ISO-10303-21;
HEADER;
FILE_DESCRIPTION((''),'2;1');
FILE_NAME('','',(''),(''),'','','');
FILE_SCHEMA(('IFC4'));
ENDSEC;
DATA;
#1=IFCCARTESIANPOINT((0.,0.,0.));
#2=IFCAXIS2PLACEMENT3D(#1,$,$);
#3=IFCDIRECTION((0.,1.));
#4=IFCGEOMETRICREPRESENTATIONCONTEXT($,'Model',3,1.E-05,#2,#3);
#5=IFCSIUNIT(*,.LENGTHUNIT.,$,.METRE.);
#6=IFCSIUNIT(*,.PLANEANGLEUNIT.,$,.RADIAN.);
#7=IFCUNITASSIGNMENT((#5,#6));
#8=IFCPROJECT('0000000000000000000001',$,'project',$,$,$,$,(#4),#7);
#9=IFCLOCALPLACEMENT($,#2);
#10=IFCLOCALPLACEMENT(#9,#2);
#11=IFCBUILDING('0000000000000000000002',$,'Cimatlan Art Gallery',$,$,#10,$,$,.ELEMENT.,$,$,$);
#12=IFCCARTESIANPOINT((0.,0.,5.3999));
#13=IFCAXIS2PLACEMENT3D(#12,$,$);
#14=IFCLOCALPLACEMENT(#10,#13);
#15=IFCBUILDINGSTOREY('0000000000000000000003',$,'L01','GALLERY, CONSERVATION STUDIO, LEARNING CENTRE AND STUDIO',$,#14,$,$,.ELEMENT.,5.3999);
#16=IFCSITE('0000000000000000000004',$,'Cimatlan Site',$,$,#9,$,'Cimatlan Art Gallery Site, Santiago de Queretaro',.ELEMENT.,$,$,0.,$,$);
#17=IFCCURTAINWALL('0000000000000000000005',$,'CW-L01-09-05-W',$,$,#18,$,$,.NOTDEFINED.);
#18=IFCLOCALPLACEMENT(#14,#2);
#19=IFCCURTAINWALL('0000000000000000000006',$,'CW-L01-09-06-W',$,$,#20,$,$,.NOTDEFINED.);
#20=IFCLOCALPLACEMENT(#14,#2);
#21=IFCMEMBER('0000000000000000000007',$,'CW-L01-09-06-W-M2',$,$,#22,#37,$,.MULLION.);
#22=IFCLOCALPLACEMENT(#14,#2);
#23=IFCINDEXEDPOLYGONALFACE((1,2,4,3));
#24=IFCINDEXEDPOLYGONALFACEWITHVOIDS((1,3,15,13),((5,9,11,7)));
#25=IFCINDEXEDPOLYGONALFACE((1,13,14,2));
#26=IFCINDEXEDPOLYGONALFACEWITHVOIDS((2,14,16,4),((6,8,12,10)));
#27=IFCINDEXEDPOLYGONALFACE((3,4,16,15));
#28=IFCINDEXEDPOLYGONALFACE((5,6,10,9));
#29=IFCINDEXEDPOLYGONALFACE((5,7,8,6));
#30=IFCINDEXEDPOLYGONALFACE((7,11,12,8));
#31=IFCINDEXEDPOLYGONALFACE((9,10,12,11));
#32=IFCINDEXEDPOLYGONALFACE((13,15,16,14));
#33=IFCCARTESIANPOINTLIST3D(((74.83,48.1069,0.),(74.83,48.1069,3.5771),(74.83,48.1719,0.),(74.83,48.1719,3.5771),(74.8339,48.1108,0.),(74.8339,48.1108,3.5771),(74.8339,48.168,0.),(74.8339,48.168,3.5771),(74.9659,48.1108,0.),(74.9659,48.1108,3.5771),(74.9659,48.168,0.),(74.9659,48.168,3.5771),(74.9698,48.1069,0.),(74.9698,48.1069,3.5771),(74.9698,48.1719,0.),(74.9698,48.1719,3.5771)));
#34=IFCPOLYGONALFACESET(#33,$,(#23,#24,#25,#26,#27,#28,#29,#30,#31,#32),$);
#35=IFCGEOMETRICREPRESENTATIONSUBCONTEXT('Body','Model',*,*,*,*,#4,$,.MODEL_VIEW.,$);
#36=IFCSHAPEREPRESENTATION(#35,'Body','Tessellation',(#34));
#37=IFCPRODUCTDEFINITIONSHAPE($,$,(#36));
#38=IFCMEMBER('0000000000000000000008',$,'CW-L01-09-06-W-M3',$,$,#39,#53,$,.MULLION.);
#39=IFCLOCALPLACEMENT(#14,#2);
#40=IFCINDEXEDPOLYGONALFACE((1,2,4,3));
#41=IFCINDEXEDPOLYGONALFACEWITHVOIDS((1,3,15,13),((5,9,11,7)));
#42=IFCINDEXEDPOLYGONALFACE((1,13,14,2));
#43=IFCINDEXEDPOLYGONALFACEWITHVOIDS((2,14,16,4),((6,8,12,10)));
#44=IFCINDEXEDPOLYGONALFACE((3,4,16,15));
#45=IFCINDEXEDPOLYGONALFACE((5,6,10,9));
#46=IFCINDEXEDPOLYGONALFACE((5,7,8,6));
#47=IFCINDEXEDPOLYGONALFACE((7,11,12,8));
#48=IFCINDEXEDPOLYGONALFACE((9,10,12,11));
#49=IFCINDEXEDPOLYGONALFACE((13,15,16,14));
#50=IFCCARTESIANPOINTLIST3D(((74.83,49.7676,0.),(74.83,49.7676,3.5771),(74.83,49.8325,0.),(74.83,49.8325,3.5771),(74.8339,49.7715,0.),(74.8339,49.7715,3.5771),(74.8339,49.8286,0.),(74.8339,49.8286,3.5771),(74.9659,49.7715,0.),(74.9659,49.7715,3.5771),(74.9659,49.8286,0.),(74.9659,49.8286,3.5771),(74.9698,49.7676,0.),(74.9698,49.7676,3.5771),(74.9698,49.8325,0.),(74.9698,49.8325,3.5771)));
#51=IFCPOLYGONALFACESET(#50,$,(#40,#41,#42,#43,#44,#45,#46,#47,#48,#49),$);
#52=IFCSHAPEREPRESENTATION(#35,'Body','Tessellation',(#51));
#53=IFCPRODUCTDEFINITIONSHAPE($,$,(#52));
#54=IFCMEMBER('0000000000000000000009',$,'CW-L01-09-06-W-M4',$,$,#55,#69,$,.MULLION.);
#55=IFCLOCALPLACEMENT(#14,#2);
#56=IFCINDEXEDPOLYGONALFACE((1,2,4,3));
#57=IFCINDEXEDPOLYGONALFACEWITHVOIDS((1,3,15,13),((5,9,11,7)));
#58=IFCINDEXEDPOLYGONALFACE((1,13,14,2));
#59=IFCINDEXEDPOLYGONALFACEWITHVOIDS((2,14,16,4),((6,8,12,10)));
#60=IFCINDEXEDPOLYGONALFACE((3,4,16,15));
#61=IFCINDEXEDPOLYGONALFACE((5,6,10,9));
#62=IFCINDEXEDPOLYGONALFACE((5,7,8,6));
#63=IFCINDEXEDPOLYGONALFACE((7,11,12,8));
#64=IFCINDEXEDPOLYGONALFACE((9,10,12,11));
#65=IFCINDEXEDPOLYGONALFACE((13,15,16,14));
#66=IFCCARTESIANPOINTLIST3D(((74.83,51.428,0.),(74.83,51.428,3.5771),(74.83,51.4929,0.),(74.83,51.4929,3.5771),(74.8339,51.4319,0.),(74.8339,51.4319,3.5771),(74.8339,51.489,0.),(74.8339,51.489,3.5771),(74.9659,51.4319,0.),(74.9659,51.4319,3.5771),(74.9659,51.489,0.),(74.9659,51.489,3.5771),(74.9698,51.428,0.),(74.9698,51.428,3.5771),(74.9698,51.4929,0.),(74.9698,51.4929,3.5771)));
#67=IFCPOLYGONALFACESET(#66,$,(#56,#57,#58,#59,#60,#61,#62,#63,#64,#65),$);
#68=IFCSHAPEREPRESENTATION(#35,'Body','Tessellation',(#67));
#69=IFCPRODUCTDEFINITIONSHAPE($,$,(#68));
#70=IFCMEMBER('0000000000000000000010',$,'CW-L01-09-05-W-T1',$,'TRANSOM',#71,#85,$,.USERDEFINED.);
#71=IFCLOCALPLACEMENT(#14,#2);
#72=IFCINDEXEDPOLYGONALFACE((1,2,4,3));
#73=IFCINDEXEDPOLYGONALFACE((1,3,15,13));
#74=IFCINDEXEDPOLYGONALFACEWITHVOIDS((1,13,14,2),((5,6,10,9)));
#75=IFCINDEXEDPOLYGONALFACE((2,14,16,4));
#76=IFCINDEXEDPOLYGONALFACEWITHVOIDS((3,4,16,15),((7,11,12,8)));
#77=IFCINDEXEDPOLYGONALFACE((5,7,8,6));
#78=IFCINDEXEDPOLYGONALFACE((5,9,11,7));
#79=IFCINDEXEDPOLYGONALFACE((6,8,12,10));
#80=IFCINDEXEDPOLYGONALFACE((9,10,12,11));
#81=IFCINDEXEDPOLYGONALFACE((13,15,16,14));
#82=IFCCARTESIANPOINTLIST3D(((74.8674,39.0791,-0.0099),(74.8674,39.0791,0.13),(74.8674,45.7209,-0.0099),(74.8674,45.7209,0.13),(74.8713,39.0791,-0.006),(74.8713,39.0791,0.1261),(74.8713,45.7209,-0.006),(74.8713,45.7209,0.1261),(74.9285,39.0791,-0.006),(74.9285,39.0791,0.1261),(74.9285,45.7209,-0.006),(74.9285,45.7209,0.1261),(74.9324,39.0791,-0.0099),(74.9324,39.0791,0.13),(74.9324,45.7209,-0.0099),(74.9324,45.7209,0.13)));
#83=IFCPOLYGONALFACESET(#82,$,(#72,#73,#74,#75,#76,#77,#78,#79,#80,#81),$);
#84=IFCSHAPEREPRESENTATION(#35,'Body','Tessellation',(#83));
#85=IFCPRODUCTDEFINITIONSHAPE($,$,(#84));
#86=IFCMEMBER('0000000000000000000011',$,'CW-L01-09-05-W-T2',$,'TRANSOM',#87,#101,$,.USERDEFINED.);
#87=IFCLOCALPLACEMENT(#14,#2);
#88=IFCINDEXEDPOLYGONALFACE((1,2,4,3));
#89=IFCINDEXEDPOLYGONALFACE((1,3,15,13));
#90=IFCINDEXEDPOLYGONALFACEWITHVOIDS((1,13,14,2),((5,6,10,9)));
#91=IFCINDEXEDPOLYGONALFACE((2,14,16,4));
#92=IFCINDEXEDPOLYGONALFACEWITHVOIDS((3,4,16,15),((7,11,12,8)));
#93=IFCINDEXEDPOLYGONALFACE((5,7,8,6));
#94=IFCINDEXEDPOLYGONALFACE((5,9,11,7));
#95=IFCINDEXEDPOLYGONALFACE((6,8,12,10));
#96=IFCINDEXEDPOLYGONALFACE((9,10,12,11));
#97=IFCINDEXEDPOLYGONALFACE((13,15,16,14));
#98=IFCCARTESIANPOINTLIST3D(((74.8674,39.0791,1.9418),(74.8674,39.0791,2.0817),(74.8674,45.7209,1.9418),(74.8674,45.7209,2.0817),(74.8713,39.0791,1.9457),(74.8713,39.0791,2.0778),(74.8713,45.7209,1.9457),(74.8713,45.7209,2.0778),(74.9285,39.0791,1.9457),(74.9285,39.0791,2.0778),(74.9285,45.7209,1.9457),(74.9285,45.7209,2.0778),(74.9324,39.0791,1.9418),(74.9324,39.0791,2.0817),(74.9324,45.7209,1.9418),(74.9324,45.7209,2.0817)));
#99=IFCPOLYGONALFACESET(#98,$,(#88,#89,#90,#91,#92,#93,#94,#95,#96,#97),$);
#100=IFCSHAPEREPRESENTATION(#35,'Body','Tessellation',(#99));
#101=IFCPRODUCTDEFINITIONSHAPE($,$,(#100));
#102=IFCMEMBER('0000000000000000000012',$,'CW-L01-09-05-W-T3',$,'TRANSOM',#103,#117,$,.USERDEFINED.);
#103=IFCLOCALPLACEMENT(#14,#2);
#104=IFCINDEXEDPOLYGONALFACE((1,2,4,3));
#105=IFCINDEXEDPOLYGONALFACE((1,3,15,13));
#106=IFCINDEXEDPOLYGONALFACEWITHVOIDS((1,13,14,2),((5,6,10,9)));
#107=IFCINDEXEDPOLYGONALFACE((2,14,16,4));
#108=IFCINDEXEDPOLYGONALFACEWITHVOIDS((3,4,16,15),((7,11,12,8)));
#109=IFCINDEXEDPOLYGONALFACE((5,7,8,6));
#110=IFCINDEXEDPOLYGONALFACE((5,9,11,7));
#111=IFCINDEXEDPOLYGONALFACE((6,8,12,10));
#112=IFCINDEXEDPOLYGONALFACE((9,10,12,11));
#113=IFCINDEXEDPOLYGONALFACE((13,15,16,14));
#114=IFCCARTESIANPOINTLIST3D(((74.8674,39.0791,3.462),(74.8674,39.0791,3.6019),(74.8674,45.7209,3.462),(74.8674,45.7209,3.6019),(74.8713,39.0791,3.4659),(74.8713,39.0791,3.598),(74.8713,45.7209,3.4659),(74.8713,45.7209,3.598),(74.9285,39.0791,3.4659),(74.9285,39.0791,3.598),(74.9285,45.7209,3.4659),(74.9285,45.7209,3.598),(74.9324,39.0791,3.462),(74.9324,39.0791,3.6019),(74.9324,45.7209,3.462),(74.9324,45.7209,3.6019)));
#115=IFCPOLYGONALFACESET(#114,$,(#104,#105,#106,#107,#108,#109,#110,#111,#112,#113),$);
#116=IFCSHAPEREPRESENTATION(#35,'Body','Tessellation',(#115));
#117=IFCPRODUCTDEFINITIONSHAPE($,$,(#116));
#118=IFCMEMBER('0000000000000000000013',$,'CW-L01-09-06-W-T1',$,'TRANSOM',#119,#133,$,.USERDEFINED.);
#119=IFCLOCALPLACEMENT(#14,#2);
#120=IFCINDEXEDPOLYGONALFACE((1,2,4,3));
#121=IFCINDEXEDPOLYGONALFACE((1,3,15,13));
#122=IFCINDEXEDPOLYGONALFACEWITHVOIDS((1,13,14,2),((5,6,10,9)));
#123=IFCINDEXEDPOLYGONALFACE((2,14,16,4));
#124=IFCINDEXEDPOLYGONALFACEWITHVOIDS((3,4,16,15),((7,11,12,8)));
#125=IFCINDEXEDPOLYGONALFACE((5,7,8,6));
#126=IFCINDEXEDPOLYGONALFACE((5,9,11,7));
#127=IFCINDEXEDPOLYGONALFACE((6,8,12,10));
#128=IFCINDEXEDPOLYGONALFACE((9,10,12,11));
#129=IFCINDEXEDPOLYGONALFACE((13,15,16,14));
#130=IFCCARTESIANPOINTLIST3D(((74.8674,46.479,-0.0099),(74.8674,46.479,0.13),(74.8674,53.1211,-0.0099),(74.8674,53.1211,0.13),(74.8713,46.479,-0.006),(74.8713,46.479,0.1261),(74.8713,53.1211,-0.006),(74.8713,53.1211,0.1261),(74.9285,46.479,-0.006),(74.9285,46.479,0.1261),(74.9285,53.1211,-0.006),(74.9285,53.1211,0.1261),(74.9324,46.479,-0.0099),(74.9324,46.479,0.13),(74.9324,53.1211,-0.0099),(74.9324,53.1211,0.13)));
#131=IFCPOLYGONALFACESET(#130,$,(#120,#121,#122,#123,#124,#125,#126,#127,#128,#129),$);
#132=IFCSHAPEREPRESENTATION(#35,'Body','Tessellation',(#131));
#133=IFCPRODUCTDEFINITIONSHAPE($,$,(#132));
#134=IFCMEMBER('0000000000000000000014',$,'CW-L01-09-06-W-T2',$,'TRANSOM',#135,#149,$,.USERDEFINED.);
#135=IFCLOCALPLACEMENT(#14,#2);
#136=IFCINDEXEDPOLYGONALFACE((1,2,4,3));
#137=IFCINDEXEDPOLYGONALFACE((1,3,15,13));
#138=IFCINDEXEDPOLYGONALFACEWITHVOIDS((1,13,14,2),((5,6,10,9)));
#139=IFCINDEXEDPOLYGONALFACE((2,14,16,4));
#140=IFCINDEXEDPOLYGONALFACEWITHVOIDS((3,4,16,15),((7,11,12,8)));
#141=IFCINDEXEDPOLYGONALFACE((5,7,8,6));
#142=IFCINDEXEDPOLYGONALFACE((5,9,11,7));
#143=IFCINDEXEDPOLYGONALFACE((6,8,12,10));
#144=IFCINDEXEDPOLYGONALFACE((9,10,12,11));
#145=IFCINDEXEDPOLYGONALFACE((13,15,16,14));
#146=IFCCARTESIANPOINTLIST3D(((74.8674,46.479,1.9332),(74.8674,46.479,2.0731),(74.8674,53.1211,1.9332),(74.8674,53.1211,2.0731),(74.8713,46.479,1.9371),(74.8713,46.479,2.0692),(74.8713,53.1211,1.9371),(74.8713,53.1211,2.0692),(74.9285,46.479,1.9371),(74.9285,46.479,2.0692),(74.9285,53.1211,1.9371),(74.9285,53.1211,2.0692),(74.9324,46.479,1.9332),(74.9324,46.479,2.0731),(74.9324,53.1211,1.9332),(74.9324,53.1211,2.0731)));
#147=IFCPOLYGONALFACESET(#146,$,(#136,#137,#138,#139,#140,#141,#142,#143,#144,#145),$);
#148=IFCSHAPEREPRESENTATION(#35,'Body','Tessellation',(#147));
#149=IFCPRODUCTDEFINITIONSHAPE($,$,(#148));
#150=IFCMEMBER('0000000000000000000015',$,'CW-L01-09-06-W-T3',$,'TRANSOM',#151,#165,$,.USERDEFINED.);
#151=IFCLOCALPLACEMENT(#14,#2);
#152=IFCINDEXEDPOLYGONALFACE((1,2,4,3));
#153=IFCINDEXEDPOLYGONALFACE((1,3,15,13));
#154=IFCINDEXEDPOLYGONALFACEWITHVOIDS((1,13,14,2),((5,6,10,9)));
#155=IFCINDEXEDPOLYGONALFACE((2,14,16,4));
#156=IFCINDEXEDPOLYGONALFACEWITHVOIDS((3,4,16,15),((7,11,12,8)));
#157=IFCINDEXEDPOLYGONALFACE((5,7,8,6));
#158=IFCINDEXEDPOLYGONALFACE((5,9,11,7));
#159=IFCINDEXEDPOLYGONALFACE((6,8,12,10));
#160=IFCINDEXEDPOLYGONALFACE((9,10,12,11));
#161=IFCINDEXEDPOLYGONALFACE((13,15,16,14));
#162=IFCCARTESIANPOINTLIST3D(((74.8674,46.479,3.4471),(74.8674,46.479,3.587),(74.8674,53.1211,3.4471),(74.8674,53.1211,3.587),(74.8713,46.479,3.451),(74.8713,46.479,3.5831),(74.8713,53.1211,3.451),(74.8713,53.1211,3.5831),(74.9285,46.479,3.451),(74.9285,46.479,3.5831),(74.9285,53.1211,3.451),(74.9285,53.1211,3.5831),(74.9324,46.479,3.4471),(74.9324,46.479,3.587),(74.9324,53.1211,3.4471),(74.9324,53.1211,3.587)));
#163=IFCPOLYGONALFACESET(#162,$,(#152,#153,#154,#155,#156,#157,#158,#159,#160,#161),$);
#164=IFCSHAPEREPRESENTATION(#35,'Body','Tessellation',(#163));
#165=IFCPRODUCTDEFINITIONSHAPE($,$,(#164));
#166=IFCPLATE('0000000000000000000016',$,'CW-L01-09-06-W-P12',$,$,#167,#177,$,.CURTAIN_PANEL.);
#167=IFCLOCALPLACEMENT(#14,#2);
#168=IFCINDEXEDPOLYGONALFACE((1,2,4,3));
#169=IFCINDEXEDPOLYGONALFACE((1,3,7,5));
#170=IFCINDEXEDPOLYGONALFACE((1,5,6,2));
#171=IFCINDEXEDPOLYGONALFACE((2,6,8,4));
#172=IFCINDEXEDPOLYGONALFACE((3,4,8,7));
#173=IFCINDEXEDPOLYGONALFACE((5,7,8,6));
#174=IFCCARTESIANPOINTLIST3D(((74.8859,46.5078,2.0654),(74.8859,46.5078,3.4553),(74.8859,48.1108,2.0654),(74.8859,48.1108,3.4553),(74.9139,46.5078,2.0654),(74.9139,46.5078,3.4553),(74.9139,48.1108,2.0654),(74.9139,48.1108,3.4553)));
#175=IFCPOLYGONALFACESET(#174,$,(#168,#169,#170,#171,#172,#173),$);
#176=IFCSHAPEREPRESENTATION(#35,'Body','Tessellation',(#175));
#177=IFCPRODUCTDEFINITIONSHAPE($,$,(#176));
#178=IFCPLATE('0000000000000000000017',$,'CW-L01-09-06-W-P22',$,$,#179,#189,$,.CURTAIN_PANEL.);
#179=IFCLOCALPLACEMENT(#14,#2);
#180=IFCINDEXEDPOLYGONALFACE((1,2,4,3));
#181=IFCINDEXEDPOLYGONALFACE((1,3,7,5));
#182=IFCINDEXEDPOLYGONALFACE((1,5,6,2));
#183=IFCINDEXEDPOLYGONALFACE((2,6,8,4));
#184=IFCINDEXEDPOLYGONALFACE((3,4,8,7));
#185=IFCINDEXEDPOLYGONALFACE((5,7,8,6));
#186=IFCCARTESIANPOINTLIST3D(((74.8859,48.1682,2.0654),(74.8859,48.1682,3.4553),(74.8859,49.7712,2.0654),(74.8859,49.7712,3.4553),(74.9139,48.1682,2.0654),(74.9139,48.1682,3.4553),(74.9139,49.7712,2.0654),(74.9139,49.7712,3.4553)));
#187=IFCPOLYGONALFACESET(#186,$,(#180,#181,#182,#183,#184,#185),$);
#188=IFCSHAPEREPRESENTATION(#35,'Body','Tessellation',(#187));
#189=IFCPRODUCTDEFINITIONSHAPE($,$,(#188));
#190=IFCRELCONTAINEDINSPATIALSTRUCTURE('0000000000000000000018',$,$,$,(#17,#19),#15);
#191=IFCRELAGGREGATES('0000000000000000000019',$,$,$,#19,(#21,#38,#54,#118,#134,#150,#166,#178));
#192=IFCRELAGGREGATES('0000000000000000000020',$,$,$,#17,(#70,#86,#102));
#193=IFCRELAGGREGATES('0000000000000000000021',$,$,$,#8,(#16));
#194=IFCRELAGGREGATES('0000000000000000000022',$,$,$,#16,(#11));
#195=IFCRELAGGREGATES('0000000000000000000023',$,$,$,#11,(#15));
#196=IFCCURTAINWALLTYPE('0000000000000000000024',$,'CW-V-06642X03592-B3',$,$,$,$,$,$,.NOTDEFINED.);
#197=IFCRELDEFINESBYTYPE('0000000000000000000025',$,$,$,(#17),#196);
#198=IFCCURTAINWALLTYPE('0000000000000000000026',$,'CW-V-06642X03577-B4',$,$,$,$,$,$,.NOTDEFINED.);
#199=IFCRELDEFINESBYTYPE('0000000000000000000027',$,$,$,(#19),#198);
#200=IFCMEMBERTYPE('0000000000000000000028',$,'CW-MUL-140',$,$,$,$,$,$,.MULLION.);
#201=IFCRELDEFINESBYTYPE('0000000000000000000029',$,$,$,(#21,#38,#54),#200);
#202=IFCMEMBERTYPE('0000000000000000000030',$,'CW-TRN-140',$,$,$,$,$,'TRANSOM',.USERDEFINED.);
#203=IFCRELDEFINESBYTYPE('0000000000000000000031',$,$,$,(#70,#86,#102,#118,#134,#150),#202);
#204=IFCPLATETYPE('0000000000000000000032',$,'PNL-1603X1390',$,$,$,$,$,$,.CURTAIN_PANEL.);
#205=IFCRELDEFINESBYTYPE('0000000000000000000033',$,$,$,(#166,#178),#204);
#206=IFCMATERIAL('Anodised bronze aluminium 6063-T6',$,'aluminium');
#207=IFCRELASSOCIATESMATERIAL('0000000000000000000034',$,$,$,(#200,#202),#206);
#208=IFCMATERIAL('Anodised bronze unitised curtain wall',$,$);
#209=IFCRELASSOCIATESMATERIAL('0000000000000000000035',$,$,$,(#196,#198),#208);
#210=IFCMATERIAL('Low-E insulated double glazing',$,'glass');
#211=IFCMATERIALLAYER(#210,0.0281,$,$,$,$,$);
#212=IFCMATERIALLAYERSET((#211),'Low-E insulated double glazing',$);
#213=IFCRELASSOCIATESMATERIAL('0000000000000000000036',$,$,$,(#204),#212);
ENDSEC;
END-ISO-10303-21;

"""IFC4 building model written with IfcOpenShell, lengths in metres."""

from ifc_helpers import new_model, si_unit, direction, frame, origin, origin_2d, place, context, subcontext, project, spatial, rectangle, hollow_rectangle, extrude, material, layer, layer_set, material_profile, profile_set, type_object, element, aggregate, save


model = new_model("IFC4")

# Units and contexts
model_context = context("Model", 3, precision=1e-05, world=origin(), true_north=direction((0.0, 1.0)))
body_context = subcontext(model_context, "Body", "Model", "MODEL_VIEW")
ifc_project = project(units=[si_unit("LENGTHUNIT", "METRE"), si_unit("PLANEANGLEUNIT", "RADIAN")], contexts=[model_context])

# Site, building, storey
site_placement = place(None, origin())
site = spatial("IfcSite", under=ifc_project, at=site_placement, Name="Cimatlan Site", LongName="Cimatlan Art Gallery Site, Santiago de Queretaro", CompositionType="ELEMENT", RefElevation=0.0)
building_placement = place(site_placement, origin())
building = spatial("IfcBuilding", under=site, at=building_placement, Name="Cimatlan Art Gallery", CompositionType="ELEMENT")
storey_placement = place(building_placement, frame((0.0, 0.0, 5.3999)))
storey = spatial("IfcBuildingStorey", under=building, at=storey_placement, Name="L01", Description="GALLERY, CONSERVATION STUDIO, LEARNING CENTRE AND STUDIO", CompositionType="ELEMENT", Elevation=5.3999)

# Curtain walls, members
ifc_material_1 = material(Name="Anodised bronze unitised curtain wall")
ifc_material_2 = material(Name="Anodised bronze aluminium 6063-T6", Category="aluminium")
ifc_material_profile_1 = material_profile(ifc_material_2, hollow_rectangle(XDim=0.0649, YDim=0.1399, WallThickness=0.0039, at=origin_2d()), Name="ALU65X140X4")
ifc_profile_set_1 = profile_set([ifc_material_profile_1], Name="Anodised bronze aluminium 6063-T6")
member_type_1 = type_object("IfcMemberType", Name="CW-MUL-140", PredefinedType="MULLION", material=ifc_profile_set_1)
curtain_wall_type_1 = type_object("IfcCurtainWallType", Name="CW-V-06642X03592-B3", PredefinedType="NOTDEFINED", material=ifc_material_1)
curtain_wall_1_placement = place(storey_placement, origin())
curtain_wall_1 = element("IfcCurtainWall", 1, at=curtain_wall_1_placement, inside=storey, type_object=curtain_wall_type_1, Name="CW-L01-09-05-W", PredefinedType="NOTDEFINED")
curtain_wall_type_2 = type_object("IfcCurtainWallType", Name="CW-V-06642X03577-B4", PredefinedType="NOTDEFINED", material=ifc_material_1)
curtain_wall_2_placement = place(storey_placement, origin())
curtain_wall_2 = element("IfcCurtainWall", 2, at=curtain_wall_2_placement, inside=storey, type_object=curtain_wall_type_2, Name="CW-L01-09-06-W", PredefinedType="NOTDEFINED")
member_1_placement = place(storey_placement, frame((74.8999, 48.1394, 0.0), z_axis=(0.0, 0.0, 1.0), x_axis=(0.0, 1.0, 0.0)))
member_1 = element("IfcMember", 3, at=member_1_placement, type_object=member_type_1, Name="CW-L01-09-06-W-M2", PredefinedType="MULLION", context=body_context, shape_type="SweptSolid", body=[
    extrude(hollow_rectangle(XDim=0.0649, YDim=0.1399, WallThickness=0.0039, at=origin_2d()), origin(), (0.0, 0.0, 1.0), 3.5771),
])
member_2_placement = place(storey_placement, frame((74.8999, 49.8, 0.0), z_axis=(0.0, 0.0, 1.0), x_axis=(0.0, 1.0, 0.0)))
member_2 = element("IfcMember", 4, at=member_2_placement, type_object=member_type_1, Name="CW-L01-09-06-W-M3", PredefinedType="MULLION", context=body_context, shape_type="SweptSolid", body=[
    extrude(hollow_rectangle(XDim=0.0649, YDim=0.1399, WallThickness=0.0039, at=origin_2d()), origin(), (0.0, 0.0, 1.0), 3.5771),
])
member_3_placement = place(storey_placement, frame((74.8999, 51.4604, 0.0), z_axis=(0.0, 0.0, 1.0), x_axis=(0.0, 1.0, 0.0)))
member_3 = element("IfcMember", 5, at=member_3_placement, type_object=member_type_1, Name="CW-L01-09-06-W-M4", PredefinedType="MULLION", context=body_context, shape_type="SweptSolid", body=[
    extrude(hollow_rectangle(XDim=0.0649, YDim=0.1399, WallThickness=0.0039, at=origin_2d()), origin(), (0.0, 0.0, 1.0), 3.5771),
])

# Members
ifc_material_profile_2 = material_profile(ifc_material_2, hollow_rectangle(XDim=0.0649, YDim=0.1399, WallThickness=0.0039, at=origin_2d()), Name="ALU65X140X4")
ifc_profile_set_2 = profile_set([ifc_material_profile_2], Name="Anodised bronze aluminium 6063-T6")
member_type_2 = type_object("IfcMemberType", Name="CW-TRN-140", ElementType="TRANSOM", PredefinedType="USERDEFINED", material=ifc_profile_set_2)
member_4_placement = place(storey_placement, frame((74.8999, 39.0791, 0.0601), z_axis=(0.0, 1.0, 0.0), x_axis=(-1.0, 0.0, 0.0)))
member_4 = element("IfcMember", 6, at=member_4_placement, type_object=member_type_2, Name="CW-L01-09-05-W-T1", ObjectType="TRANSOM", PredefinedType="USERDEFINED", context=body_context, shape_type="SweptSolid", body=[
    extrude(hollow_rectangle(XDim=0.0649, YDim=0.1399, WallThickness=0.0039, at=origin_2d()), origin(), (0.0, 0.0, 1.0), 6.6418),
])
member_5_placement = place(storey_placement, frame((74.8999, 39.0791, 2.0117), z_axis=(0.0, 1.0, 0.0), x_axis=(-1.0, 0.0, 0.0)))
member_5 = element("IfcMember", 7, at=member_5_placement, type_object=member_type_2, Name="CW-L01-09-05-W-T2", ObjectType="TRANSOM", PredefinedType="USERDEFINED", context=body_context, shape_type="SweptSolid", body=[
    extrude(hollow_rectangle(XDim=0.0649, YDim=0.1399, WallThickness=0.0039, at=origin_2d()), origin(), (0.0, 0.0, 1.0), 6.6418),
])
member_6_placement = place(storey_placement, frame((74.8999, 39.0791, 3.532), z_axis=(0.0, 1.0, 0.0), x_axis=(-1.0, 0.0, 0.0)))
member_6 = element("IfcMember", 8, at=member_6_placement, type_object=member_type_2, Name="CW-L01-09-05-W-T3", ObjectType="TRANSOM", PredefinedType="USERDEFINED", context=body_context, shape_type="SweptSolid", body=[
    extrude(hollow_rectangle(XDim=0.0649, YDim=0.1399, WallThickness=0.0039, at=origin_2d()), origin(), (0.0, 0.0, 1.0), 6.6418),
])
member_7_placement = place(storey_placement, frame((74.8999, 46.479, 0.0601), z_axis=(0.0, 1.0, 0.0), x_axis=(-1.0, 0.0, 0.0)))
member_7 = element("IfcMember", 9, at=member_7_placement, type_object=member_type_2, Name="CW-L01-09-06-W-T1", ObjectType="TRANSOM", PredefinedType="USERDEFINED", context=body_context, shape_type="SweptSolid", body=[
    extrude(hollow_rectangle(XDim=0.0649, YDim=0.1399, WallThickness=0.0039, at=origin_2d()), origin(), (0.0, 0.0, 1.0), 6.6421),
])
member_8_placement = place(storey_placement, frame((74.8999, 46.479, 2.0032), z_axis=(0.0, 1.0, 0.0), x_axis=(-1.0, 0.0, 0.0)))
member_8 = element("IfcMember", 10, at=member_8_placement, type_object=member_type_2, Name="CW-L01-09-06-W-T2", ObjectType="TRANSOM", PredefinedType="USERDEFINED", context=body_context, shape_type="SweptSolid", body=[
    extrude(hollow_rectangle(XDim=0.0649, YDim=0.1399, WallThickness=0.0039, at=origin_2d()), origin(), (0.0, 0.0, 1.0), 6.6421),
])
member_9_placement = place(storey_placement, frame((74.8999, 46.479, 3.5171), z_axis=(0.0, 1.0, 0.0), x_axis=(-1.0, 0.0, 0.0)))
member_9 = element("IfcMember", 11, at=member_9_placement, type_object=member_type_2, Name="CW-L01-09-06-W-T3", ObjectType="TRANSOM", PredefinedType="USERDEFINED", context=body_context, shape_type="SweptSolid", body=[
    extrude(hollow_rectangle(XDim=0.0649, YDim=0.1399, WallThickness=0.0039, at=origin_2d()), origin(), (0.0, 0.0, 1.0), 6.6421),
])

# Plates
ifc_material_3 = material(Name="Low-E insulated double glazing", Category="glass")
ifc_layer_1 = layer(ifc_material_3, 0.0281)
ifc_layer_set_1 = layer_set([ifc_layer_1], Name="Low-E insulated double glazing")
plate_type_1 = type_object("IfcPlateType", Name="PNL-1603X1390", PredefinedType="CURTAIN_PANEL", material=ifc_layer_set_1)
plate_1_placement = place(storey_placement, frame((74.8999, 47.3093, 2.0654), z_axis=(0.0, 0.0, 1.0), x_axis=(0.0, 1.0, 0.0)))
plate_1 = element("IfcPlate", 12, at=plate_1_placement, type_object=plate_type_1, Name="CW-L01-09-06-W-P12", PredefinedType="CURTAIN_PANEL", context=body_context, shape_type="SweptSolid", body=[
    extrude(rectangle(XDim=1.603, YDim=0.0281, at=origin_2d()), origin(), (0.0, 0.0, 1.0), 1.3899),
])
plate_2_placement = place(storey_placement, frame((74.8999, 48.9697, 2.0654), z_axis=(0.0, 0.0, 1.0), x_axis=(0.0, 1.0, 0.0)))
plate_2 = element("IfcPlate", 13, at=plate_2_placement, type_object=plate_type_1, Name="CW-L01-09-06-W-P22", PredefinedType="CURTAIN_PANEL", context=body_context, shape_type="SweptSolid", body=[
    extrude(rectangle(XDim=1.603, YDim=0.0281, at=origin_2d()), origin(), (0.0, 0.0, 1.0), 1.3899),
])
aggregate(curtain_wall_2, [member_1, member_2, member_3, member_7, member_8, member_9, plate_1, plate_2])
aggregate(curtain_wall_1, [member_4, member_5, member_6])

save(model, "model.ifc")
